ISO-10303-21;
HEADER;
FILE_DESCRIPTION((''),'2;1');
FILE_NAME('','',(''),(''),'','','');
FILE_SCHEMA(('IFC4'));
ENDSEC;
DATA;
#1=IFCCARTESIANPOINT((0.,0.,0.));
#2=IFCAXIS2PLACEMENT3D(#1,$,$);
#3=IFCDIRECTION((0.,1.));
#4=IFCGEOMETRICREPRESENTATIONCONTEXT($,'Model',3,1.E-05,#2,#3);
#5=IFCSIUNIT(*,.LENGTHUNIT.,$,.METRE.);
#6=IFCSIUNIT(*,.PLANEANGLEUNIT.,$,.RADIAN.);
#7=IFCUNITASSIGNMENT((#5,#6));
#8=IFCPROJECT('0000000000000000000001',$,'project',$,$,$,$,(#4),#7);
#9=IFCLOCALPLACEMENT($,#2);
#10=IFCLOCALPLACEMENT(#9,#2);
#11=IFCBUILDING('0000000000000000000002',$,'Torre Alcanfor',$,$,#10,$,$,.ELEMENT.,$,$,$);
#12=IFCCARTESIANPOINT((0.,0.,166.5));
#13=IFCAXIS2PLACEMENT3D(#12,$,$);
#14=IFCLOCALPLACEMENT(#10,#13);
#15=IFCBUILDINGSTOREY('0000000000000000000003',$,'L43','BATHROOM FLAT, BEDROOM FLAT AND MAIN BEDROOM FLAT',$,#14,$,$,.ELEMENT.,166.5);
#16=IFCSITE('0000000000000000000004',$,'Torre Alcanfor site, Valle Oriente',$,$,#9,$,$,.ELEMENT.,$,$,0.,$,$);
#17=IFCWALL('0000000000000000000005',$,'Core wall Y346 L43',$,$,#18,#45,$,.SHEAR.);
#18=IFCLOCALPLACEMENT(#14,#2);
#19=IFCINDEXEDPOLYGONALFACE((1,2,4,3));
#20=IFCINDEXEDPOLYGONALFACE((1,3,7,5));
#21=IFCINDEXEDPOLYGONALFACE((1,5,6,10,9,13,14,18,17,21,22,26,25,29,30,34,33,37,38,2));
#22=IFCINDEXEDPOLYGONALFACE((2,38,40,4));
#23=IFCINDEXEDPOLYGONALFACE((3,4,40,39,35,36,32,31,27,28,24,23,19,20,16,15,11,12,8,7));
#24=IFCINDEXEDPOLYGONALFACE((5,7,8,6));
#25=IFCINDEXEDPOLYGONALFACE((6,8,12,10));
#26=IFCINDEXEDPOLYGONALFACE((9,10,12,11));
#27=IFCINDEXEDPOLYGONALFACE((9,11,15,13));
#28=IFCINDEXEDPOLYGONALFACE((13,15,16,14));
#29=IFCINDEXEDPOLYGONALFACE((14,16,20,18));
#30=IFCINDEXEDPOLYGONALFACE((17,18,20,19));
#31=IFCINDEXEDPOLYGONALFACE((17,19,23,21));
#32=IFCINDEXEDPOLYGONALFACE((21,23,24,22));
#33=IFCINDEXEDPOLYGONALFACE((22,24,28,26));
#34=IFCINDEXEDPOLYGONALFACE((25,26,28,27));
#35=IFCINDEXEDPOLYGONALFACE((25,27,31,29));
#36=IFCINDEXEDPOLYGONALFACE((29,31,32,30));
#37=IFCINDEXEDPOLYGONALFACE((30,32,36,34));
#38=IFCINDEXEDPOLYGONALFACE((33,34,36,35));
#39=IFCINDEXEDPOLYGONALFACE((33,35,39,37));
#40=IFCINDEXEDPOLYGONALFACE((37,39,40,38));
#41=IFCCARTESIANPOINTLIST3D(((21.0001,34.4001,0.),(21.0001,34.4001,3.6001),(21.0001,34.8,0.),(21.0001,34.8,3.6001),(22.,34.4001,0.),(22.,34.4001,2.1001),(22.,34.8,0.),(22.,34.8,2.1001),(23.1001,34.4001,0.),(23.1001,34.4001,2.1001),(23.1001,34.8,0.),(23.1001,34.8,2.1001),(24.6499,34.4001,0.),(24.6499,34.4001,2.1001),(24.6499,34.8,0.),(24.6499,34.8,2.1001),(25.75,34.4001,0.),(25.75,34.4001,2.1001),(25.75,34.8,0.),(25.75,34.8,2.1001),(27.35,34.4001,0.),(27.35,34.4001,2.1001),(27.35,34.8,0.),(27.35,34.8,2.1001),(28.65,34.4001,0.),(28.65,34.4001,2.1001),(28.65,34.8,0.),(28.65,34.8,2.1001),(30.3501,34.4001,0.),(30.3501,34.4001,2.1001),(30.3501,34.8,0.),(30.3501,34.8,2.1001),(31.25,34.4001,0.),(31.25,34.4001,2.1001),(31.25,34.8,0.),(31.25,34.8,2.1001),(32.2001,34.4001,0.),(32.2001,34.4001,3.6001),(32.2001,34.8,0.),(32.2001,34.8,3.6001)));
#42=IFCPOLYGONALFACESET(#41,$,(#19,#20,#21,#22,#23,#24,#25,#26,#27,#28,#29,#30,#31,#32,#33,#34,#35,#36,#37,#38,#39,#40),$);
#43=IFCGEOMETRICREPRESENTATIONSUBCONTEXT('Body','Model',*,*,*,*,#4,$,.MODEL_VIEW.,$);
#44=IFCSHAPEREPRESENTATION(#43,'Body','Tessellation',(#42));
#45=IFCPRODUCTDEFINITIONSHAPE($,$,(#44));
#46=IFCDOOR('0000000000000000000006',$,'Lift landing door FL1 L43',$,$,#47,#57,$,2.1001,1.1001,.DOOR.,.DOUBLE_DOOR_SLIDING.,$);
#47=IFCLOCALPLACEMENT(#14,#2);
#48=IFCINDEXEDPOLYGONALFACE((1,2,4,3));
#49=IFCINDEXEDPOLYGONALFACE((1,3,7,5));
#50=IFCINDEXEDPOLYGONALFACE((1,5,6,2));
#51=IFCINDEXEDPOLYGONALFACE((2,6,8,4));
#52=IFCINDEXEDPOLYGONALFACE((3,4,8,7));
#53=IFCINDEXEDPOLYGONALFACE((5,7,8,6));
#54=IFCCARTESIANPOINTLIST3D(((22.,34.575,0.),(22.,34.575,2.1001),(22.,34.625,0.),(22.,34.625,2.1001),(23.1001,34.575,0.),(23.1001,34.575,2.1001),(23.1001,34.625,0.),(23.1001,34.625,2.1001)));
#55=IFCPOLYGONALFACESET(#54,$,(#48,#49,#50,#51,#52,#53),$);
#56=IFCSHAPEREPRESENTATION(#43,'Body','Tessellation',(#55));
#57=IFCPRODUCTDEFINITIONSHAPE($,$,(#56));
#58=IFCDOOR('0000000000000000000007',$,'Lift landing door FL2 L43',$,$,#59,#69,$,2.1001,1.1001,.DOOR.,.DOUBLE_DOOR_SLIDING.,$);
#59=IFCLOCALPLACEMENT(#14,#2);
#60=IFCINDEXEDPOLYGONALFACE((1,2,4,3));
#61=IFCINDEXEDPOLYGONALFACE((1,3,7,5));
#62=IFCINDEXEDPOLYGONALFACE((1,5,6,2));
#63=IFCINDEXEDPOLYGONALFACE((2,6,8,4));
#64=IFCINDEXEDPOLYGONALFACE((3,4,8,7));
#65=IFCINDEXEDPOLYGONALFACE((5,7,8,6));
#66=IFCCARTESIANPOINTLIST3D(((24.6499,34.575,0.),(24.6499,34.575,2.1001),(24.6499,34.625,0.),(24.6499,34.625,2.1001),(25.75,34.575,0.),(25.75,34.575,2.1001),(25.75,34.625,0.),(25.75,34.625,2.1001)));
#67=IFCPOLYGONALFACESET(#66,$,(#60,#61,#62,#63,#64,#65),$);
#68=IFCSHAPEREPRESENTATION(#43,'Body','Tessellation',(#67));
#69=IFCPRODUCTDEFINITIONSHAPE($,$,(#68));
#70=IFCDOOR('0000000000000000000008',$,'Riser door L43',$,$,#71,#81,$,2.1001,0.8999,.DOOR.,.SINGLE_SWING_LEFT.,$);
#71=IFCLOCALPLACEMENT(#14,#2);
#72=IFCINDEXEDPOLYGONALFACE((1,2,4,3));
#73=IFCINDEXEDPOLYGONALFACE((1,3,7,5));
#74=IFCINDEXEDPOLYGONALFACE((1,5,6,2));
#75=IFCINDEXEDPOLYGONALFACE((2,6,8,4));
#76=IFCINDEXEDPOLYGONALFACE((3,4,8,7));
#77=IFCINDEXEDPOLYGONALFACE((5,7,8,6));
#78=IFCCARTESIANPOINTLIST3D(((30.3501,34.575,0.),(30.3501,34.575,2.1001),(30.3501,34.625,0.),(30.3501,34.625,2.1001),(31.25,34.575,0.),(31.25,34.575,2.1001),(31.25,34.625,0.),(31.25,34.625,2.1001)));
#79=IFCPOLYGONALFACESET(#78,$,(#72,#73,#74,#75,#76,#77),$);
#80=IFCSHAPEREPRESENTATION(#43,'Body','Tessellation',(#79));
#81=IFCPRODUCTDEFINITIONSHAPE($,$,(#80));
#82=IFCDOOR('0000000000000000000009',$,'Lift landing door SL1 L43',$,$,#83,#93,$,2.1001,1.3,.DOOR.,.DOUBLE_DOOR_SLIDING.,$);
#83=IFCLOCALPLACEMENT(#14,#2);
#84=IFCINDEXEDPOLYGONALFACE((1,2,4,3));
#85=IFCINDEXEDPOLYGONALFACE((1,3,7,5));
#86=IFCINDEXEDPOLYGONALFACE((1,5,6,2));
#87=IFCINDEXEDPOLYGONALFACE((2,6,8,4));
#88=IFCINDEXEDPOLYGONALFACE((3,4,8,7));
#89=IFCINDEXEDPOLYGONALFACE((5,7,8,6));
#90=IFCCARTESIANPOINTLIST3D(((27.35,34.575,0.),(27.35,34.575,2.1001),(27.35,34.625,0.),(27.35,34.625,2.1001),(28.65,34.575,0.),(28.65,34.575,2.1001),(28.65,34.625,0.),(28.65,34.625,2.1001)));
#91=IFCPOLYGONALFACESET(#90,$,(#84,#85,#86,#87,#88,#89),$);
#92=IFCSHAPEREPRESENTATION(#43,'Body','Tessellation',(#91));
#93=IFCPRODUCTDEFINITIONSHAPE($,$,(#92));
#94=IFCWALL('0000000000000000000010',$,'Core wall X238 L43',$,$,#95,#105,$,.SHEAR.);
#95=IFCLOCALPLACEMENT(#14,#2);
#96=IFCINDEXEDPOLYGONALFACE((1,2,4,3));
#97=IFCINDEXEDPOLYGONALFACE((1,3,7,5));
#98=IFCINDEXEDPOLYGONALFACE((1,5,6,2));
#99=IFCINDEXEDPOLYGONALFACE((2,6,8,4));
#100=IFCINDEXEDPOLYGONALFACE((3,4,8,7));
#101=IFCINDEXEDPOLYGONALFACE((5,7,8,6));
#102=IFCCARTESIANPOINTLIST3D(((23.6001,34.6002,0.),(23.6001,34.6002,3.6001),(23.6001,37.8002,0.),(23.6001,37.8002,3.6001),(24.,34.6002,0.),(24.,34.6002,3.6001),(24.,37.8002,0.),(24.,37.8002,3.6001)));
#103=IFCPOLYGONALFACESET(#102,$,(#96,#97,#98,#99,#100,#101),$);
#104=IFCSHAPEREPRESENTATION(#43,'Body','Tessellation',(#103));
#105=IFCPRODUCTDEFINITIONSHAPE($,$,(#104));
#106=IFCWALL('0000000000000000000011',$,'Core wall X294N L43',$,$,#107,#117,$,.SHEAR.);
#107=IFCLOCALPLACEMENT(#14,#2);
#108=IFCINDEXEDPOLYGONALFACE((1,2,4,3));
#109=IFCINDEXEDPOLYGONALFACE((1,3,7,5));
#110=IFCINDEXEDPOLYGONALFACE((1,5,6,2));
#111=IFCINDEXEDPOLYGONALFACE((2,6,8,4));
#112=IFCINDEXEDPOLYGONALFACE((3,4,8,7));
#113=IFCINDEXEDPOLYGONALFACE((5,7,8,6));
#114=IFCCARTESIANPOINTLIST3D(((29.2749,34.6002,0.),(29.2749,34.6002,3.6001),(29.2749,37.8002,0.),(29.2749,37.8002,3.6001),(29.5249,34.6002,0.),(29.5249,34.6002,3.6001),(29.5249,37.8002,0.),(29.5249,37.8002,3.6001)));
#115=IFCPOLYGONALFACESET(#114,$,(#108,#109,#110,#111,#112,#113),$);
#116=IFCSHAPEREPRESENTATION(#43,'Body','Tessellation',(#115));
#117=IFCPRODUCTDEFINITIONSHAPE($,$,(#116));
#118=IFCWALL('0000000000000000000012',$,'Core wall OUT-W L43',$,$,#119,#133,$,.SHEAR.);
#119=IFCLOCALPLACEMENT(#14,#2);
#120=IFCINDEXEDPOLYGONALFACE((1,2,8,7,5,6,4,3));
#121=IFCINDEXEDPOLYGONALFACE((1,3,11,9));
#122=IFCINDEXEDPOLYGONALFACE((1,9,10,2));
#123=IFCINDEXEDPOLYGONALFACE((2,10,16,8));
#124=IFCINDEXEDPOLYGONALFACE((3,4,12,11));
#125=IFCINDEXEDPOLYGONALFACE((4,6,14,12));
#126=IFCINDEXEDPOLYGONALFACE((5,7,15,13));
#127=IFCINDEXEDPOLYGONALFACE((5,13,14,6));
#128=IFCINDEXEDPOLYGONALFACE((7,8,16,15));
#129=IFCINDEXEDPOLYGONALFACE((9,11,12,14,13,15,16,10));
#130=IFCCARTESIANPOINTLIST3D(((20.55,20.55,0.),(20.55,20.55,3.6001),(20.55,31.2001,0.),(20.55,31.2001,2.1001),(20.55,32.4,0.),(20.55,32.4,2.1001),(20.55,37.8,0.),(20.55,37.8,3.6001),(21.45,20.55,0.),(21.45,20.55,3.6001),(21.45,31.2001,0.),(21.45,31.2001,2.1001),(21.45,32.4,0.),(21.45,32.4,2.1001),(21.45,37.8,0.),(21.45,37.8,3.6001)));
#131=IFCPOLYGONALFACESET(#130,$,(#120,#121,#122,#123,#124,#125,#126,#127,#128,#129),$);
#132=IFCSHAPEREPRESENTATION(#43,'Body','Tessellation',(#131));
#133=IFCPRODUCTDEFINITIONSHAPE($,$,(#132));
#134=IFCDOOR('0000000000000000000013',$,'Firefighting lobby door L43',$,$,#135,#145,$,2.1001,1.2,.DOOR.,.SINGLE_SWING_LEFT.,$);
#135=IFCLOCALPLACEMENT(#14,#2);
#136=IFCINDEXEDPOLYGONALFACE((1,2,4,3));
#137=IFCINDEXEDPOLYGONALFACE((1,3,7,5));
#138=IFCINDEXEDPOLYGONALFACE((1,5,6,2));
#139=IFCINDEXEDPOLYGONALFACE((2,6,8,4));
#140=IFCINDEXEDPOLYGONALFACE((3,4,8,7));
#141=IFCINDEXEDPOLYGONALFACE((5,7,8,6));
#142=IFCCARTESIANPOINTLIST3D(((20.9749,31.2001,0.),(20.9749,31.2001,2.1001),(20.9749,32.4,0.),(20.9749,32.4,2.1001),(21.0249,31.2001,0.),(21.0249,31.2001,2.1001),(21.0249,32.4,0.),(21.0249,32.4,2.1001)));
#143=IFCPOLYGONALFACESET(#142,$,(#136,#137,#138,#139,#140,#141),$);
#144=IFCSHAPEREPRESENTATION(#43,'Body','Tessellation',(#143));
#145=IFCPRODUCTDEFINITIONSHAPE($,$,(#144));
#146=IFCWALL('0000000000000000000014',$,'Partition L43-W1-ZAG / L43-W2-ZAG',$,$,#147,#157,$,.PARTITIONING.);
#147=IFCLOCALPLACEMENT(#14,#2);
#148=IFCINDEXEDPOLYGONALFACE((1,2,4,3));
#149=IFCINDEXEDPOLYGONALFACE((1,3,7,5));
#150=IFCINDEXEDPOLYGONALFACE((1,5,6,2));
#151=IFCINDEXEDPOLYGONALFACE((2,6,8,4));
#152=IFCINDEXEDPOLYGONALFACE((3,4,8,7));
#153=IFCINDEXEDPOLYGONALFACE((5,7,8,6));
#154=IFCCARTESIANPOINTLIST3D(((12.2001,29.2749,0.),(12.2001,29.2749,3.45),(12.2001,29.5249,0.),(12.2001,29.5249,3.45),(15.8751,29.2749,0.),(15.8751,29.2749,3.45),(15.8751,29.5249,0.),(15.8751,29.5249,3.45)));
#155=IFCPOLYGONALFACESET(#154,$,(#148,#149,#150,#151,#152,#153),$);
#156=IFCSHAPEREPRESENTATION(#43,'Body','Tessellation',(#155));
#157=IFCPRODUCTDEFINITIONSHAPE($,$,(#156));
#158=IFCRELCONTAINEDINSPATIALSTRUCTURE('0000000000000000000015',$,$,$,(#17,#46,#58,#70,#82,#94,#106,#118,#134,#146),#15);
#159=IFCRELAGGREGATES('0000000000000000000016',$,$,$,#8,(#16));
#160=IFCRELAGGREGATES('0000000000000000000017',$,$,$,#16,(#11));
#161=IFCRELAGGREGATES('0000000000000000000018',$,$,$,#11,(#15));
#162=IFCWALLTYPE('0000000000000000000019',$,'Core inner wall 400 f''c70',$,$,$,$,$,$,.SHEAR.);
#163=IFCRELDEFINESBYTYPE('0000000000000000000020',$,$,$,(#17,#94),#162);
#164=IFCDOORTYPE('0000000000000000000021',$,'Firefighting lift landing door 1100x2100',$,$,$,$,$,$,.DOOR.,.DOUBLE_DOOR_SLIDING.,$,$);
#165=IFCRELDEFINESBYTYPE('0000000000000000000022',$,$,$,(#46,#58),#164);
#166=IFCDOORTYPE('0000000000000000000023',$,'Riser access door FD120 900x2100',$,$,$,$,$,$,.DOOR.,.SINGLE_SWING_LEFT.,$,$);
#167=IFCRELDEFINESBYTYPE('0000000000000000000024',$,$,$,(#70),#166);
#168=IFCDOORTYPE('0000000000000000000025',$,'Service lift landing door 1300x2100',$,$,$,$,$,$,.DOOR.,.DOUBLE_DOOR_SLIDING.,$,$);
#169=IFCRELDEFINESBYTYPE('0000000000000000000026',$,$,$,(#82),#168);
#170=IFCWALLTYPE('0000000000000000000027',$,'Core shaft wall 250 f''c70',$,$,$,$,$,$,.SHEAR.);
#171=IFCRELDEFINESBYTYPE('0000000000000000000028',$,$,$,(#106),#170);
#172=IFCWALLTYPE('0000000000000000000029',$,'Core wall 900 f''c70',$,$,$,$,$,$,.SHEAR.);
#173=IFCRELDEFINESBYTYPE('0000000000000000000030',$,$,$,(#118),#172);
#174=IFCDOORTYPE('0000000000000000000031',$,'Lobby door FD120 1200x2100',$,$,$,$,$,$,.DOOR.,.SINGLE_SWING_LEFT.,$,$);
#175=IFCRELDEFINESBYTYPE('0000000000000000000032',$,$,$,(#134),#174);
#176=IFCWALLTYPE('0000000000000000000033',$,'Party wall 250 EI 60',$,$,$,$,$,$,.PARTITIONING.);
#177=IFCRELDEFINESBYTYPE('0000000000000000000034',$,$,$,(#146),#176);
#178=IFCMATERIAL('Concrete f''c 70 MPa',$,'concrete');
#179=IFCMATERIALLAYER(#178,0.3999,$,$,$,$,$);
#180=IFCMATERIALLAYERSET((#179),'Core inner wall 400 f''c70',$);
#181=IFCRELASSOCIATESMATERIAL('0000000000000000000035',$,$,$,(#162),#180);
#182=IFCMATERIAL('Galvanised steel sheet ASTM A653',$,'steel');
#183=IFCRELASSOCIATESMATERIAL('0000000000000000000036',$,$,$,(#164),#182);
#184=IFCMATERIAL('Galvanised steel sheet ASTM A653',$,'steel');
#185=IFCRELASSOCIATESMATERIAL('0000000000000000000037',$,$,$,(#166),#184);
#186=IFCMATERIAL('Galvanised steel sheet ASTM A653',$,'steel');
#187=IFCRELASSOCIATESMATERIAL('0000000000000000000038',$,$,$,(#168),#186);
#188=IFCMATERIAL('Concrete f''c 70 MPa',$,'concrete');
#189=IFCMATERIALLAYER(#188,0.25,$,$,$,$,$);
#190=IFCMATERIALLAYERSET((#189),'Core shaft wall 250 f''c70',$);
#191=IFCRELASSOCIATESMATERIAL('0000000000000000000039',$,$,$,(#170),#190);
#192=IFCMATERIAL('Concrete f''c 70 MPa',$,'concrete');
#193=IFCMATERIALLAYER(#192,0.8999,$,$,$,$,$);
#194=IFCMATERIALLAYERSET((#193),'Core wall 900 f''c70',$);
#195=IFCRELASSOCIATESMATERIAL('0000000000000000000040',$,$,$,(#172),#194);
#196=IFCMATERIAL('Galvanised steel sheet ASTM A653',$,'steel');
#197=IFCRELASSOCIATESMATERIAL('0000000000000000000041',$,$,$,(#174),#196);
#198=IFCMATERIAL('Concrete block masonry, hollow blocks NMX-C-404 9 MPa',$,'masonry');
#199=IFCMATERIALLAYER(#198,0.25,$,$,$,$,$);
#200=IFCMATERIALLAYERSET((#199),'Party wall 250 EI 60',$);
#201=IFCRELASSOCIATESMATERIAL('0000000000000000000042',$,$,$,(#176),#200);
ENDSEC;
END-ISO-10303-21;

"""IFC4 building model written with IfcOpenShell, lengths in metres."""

from ifc_helpers import new_model, si_unit, direction, frame, frame_2d, origin, place, context, subcontext, project, spatial, rectangle, extrude, material, layer, layer_set, type_object, element, fill, save


model = new_model("IFC4")

# Units and contexts
model_context = context("Model", 3, precision=1e-05, world=origin(), true_north=direction((0.0, 1.0)))
body_context = subcontext(model_context, "Body", "Model", "MODEL_VIEW")
ifc_project = project(units=[si_unit("LENGTHUNIT", "METRE"), si_unit("PLANEANGLEUNIT", "RADIAN")], contexts=[model_context])

# Site, building, storey
site_placement = place(None, origin())
site = spatial("IfcSite", under=ifc_project, at=site_placement, Name="Torre Alcanfor site, Valle Oriente", CompositionType="ELEMENT", RefElevation=0.0)
building_placement = place(site_placement, origin())
building = spatial("IfcBuilding", under=site, at=building_placement, Name="Torre Alcanfor", CompositionType="ELEMENT")
storey_placement = place(building_placement, frame((0.0, 0.0, 166.5)))
storey = spatial("IfcBuildingStorey", under=building, at=storey_placement, Name="L43", Description="BATHROOM FLAT, BEDROOM FLAT AND MAIN BEDROOM FLAT", CompositionType="ELEMENT", Elevation=166.5)

# Shared definitions
ifc_material_1 = material(Name="Concrete f'c 70 MPa", Category="concrete")
ifc_layer_1 = layer(ifc_material_1, 0.3999)
ifc_layer_set_1 = layer_set([ifc_layer_1], Name="Core inner wall 400 f'c70")
wall_type_1 = type_object("IfcWallType", Name="Core inner wall 400 f'c70", PredefinedType="SHEAR", material=ifc_layer_set_1)

# Wall, openings, doors
wall_1_placement = place(storey_placement, frame((21.0, 34.6001, 0.0), z_axis=(0.0, 0.0, 1.0), x_axis=(1.0, 0.0, 0.0)))
wall_1 = element("IfcWall", 1, at=wall_1_placement, inside=storey, type_object=wall_type_1, Name="Core wall Y346 L43", PredefinedType="SHEAR", context=body_context, shape_type="SweptSolid", body=[
    extrude(rectangle(XDim=11.2, YDim=0.3999, at=frame_2d((5.6001, 0.0))), origin(), (0.0, 0.0, 1.0), 3.6001),
])
opening_1_placement = place(wall_1_placement, frame((9.3501, 0.0, 0.0)))
opening_1 = element("IfcOpeningElement", 2, at=opening_1_placement, cuts=wall_1, PredefinedType="OPENING", context=body_context, shape_type="SweptSolid", body=[
    extrude(rectangle(XDim=0.8999, YDim=2.1001, at=frame_2d((0.45, 1.05))), frame((0.0, 0.21, 0.0), z_axis=(0.0, -1.0, 0.0), x_axis=(1.0, 0.0, 0.0)), (0.0, 0.0, 1.0), 0.4199),
])
opening_2_placement = place(wall_1_placement, frame((1.0, 0.0, 0.0)))
opening_2 = element("IfcOpeningElement", 3, at=opening_2_placement, cuts=wall_1, PredefinedType="OPENING", context=body_context, shape_type="SweptSolid", body=[
    extrude(rectangle(XDim=1.1001, YDim=2.1001, at=frame_2d((0.55, 1.05))), frame((0.0, 0.21, 0.0), z_axis=(0.0, -1.0, 0.0), x_axis=(1.0, 0.0, 0.0)), (0.0, 0.0, 1.0), 0.4199),
])
opening_3_placement = place(wall_1_placement, frame((3.6499, 0.0, 0.0)))
opening_3 = element("IfcOpeningElement", 4, at=opening_3_placement, cuts=wall_1, PredefinedType="OPENING", context=body_context, shape_type="SweptSolid", body=[
    extrude(rectangle(XDim=1.1001, YDim=2.1001, at=frame_2d((0.55, 1.05))), frame((0.0, 0.21, 0.0), z_axis=(0.0, -1.0, 0.0), x_axis=(1.0, 0.0, 0.0)), (0.0, 0.0, 1.0), 0.4199),
])
opening_4_placement = place(wall_1_placement, frame((6.3501, 0.0, 0.0)))
opening_4 = element("IfcOpeningElement", 5, at=opening_4_placement, cuts=wall_1, PredefinedType="OPENING", context=body_context, shape_type="SweptSolid", body=[
    extrude(rectangle(XDim=1.3, YDim=2.1001, at=frame_2d((0.6499, 1.05))), frame((0.0, 0.21, 0.0), z_axis=(0.0, -1.0, 0.0), x_axis=(1.0, 0.0, 0.0)), (0.0, 0.0, 1.0), 0.4199),
])
ifc_material_2 = material(Name="Galvanised steel sheet ASTM A653", Category="steel")
door_type_1 = type_object("IfcDoorType", Name="Firefighting lift landing door 1100x2100", OperationType="DOUBLE_DOOR_SLIDING", PredefinedType="DOOR", material=ifc_material_2)
door_1_placement = place(opening_2_placement, origin())
door_1 = element("IfcDoor", 6, at=door_1_placement, inside=storey, type_object=door_type_1, Name="Lift landing door FL1 L43", OperationType="DOUBLE_DOOR_SLIDING", OverallHeight=2.1001, OverallWidth=1.1001, PredefinedType="DOOR", context=body_context, shape_type="SweptSolid", body=[
    extrude(rectangle(XDim=1.1001, YDim=2.1001, at=frame_2d((0.55, 1.05))), frame((0.0, 0.0249, 0.0), z_axis=(0.0, -1.0, 0.0), x_axis=(1.0, 0.0, 0.0)), (0.0, 0.0, 1.0), 0.05),
])
fill(opening_2, door_1)
door_2_placement = place(opening_3_placement, origin())
door_2 = element("IfcDoor", 7, at=door_2_placement, inside=storey, type_object=door_type_1, Name="Lift landing door FL2 L43", OperationType="DOUBLE_DOOR_SLIDING", OverallHeight=2.1001, OverallWidth=1.1001, PredefinedType="DOOR", context=body_context, shape_type="SweptSolid", body=[
    extrude(rectangle(XDim=1.1001, YDim=2.1001, at=frame_2d((0.55, 1.05))), frame((0.0, 0.0249, 0.0), z_axis=(0.0, -1.0, 0.0), x_axis=(1.0, 0.0, 0.0)), (0.0, 0.0, 1.0), 0.05),
])
fill(opening_3, door_2)
ifc_material_3 = material(Name="Galvanised steel sheet ASTM A653", Category="steel")
door_type_2 = type_object("IfcDoorType", Name="Riser access door FD120 900x2100", OperationType="SINGLE_SWING_LEFT", PredefinedType="DOOR", material=ifc_material_3)
door_3_placement = place(opening_1_placement, origin())
door_3 = element("IfcDoor", 8, at=door_3_placement, inside=storey, type_object=door_type_2, Name="Riser door L43", OperationType="SINGLE_SWING_LEFT", OverallHeight=2.1001, OverallWidth=0.8999, PredefinedType="DOOR", context=body_context, shape_type="SweptSolid", body=[
    extrude(rectangle(XDim=0.8999, YDim=2.1001, at=frame_2d((0.45, 1.05))), frame((0.0, 0.0249, 0.0), z_axis=(0.0, -1.0, 0.0), x_axis=(1.0, 0.0, 0.0)), (0.0, 0.0, 1.0), 0.05),
])
fill(opening_1, door_3)
ifc_material_4 = material(Name="Galvanised steel sheet ASTM A653", Category="steel")
door_type_3 = type_object("IfcDoorType", Name="Service lift landing door 1300x2100", OperationType="DOUBLE_DOOR_SLIDING", PredefinedType="DOOR", material=ifc_material_4)
door_4_placement = place(opening_4_placement, origin())
door_4 = element("IfcDoor", 9, at=door_4_placement, inside=storey, type_object=door_type_3, Name="Lift landing door SL1 L43", OperationType="DOUBLE_DOOR_SLIDING", OverallHeight=2.1001, OverallWidth=1.3, PredefinedType="DOOR", context=body_context, shape_type="SweptSolid", body=[
    extrude(rectangle(XDim=1.3, YDim=2.1001, at=frame_2d((0.6499, 1.05))), frame((0.0, 0.0249, 0.0), z_axis=(0.0, -1.0, 0.0), x_axis=(1.0, 0.0, 0.0)), (0.0, 0.0, 1.0), 0.05),
])
fill(opening_4, door_4)

# Walls
wall_2_placement = place(storey_placement, frame((23.8, 34.6001, 0.0), z_axis=(0.0, 0.0, 1.0), x_axis=(0.0, 1.0, 0.0)))
element("IfcWall", 10, at=wall_2_placement, inside=storey, type_object=wall_type_1, Name="Core wall X238 L43", PredefinedType="SHEAR", context=body_context, shape_type="SweptSolid", body=[
    extrude(rectangle(XDim=3.2, YDim=0.3999, at=frame_2d((1.6001, 0.0))), origin(), (0.0, 0.0, 1.0), 3.6001),
])
ifc_material_5 = material(Name="Concrete f'c 70 MPa", Category="concrete")
ifc_layer_2 = layer(ifc_material_5, 0.25)
ifc_layer_set_2 = layer_set([ifc_layer_2], Name="Core shaft wall 250 f'c70")
wall_type_2 = type_object("IfcWallType", Name="Core shaft wall 250 f'c70", PredefinedType="SHEAR", material=ifc_layer_set_2)
wall_3_placement = place(storey_placement, frame((29.3999, 34.6001, 0.0), z_axis=(0.0, 0.0, 1.0), x_axis=(0.0, 1.0, 0.0)))
element("IfcWall", 11, at=wall_3_placement, inside=storey, type_object=wall_type_2, Name="Core wall X294N L43", PredefinedType="SHEAR", context=body_context, shape_type="SweptSolid", body=[
    extrude(rectangle(XDim=3.2, YDim=0.25, at=frame_2d((1.6001, 0.0))), origin(), (0.0, 0.0, 1.0), 3.6001),
])

# Wall, opening, door
ifc_material_6 = material(Name="Concrete f'c 70 MPa", Category="concrete")
ifc_layer_3 = layer(ifc_material_6, 0.8999)
ifc_layer_set_3 = layer_set([ifc_layer_3], Name="Core wall 900 f'c70")
wall_type_3 = type_object("IfcWallType", Name="Core wall 900 f'c70", PredefinedType="SHEAR", material=ifc_layer_set_3)
wall_4_placement = place(storey_placement, frame((21.0, 37.8, 0.0), z_axis=(0.0, 0.0, 1.0), x_axis=(0.0, -1.0, 0.0)))
wall_4 = element("IfcWall", 12, at=wall_4_placement, inside=storey, type_object=wall_type_3, Name="Core wall OUT-W L43", PredefinedType="SHEAR", context=body_context, shape_type="SweptSolid", body=[
    extrude(rectangle(XDim=17.25, YDim=0.8999, at=frame_2d((8.625, 0.0))), origin(), (0.0, 0.0, 1.0), 3.6001),
])
opening_5_placement = place(wall_4_placement, frame((5.3999, 0.0, 0.0)))
opening_5 = element("IfcOpeningElement", 13, at=opening_5_placement, cuts=wall_4, PredefinedType="OPENING", context=body_context, shape_type="SweptSolid", body=[
    extrude(rectangle(XDim=1.2, YDim=2.1001, at=frame_2d((0.6001, 1.05))), frame((0.0, 0.46, 0.0), z_axis=(0.0, -1.0, 0.0), x_axis=(1.0, 0.0, 0.0)), (0.0, 0.0, 1.0), 0.9199),
])
ifc_material_7 = material(Name="Galvanised steel sheet ASTM A653", Category="steel")
door_type_4 = type_object("IfcDoorType", Name="Lobby door FD120 1200x2100", OperationType="SINGLE_SWING_LEFT", PredefinedType="DOOR", material=ifc_material_7)
door_5_placement = place(opening_5_placement, origin())
door_5 = element("IfcDoor", 14, at=door_5_placement, inside=storey, type_object=door_type_4, Name="Firefighting lobby door L43", OperationType="SINGLE_SWING_LEFT", OverallHeight=2.1001, OverallWidth=1.2, PredefinedType="DOOR", context=body_context, shape_type="SweptSolid", body=[
    extrude(rectangle(XDim=1.2, YDim=2.1001, at=frame_2d((0.6001, 1.05))), frame((0.0, 0.0249, 0.0), z_axis=(0.0, -1.0, 0.0), x_axis=(1.0, 0.0, 0.0)), (0.0, 0.0, 1.0), 0.05),
])
fill(opening_5, door_5)

# Wall
ifc_material_8 = material(Name="Concrete block masonry, hollow blocks NMX-C-404 9 MPa", Category="masonry")
ifc_layer_4 = layer(ifc_material_8, 0.25)
ifc_layer_set_4 = layer_set([ifc_layer_4], Name="Party wall 250 EI 60")
wall_type_4 = type_object("IfcWallType", Name="Party wall 250 EI 60", PredefinedType="PARTITIONING", material=ifc_layer_set_4)
wall_5_placement = place(storey_placement, frame((15.875, 29.3999, 0.0), z_axis=(0.0, 0.0, 1.0), x_axis=(-1.0, 0.0, 0.0)))
element("IfcWall", 15, at=wall_5_placement, inside=storey, type_object=wall_type_4, Name="Partition L43-W1-ZAG / L43-W2-ZAG", PredefinedType="PARTITIONING", context=body_context, shape_type="SweptSolid", body=[
    extrude(rectangle(XDim=3.675, YDim=0.25, at=frame_2d((1.8374, 0.0))), origin(), (0.0, 0.0, 1.0), 3.45),
])

save(model, "model.ifc")
